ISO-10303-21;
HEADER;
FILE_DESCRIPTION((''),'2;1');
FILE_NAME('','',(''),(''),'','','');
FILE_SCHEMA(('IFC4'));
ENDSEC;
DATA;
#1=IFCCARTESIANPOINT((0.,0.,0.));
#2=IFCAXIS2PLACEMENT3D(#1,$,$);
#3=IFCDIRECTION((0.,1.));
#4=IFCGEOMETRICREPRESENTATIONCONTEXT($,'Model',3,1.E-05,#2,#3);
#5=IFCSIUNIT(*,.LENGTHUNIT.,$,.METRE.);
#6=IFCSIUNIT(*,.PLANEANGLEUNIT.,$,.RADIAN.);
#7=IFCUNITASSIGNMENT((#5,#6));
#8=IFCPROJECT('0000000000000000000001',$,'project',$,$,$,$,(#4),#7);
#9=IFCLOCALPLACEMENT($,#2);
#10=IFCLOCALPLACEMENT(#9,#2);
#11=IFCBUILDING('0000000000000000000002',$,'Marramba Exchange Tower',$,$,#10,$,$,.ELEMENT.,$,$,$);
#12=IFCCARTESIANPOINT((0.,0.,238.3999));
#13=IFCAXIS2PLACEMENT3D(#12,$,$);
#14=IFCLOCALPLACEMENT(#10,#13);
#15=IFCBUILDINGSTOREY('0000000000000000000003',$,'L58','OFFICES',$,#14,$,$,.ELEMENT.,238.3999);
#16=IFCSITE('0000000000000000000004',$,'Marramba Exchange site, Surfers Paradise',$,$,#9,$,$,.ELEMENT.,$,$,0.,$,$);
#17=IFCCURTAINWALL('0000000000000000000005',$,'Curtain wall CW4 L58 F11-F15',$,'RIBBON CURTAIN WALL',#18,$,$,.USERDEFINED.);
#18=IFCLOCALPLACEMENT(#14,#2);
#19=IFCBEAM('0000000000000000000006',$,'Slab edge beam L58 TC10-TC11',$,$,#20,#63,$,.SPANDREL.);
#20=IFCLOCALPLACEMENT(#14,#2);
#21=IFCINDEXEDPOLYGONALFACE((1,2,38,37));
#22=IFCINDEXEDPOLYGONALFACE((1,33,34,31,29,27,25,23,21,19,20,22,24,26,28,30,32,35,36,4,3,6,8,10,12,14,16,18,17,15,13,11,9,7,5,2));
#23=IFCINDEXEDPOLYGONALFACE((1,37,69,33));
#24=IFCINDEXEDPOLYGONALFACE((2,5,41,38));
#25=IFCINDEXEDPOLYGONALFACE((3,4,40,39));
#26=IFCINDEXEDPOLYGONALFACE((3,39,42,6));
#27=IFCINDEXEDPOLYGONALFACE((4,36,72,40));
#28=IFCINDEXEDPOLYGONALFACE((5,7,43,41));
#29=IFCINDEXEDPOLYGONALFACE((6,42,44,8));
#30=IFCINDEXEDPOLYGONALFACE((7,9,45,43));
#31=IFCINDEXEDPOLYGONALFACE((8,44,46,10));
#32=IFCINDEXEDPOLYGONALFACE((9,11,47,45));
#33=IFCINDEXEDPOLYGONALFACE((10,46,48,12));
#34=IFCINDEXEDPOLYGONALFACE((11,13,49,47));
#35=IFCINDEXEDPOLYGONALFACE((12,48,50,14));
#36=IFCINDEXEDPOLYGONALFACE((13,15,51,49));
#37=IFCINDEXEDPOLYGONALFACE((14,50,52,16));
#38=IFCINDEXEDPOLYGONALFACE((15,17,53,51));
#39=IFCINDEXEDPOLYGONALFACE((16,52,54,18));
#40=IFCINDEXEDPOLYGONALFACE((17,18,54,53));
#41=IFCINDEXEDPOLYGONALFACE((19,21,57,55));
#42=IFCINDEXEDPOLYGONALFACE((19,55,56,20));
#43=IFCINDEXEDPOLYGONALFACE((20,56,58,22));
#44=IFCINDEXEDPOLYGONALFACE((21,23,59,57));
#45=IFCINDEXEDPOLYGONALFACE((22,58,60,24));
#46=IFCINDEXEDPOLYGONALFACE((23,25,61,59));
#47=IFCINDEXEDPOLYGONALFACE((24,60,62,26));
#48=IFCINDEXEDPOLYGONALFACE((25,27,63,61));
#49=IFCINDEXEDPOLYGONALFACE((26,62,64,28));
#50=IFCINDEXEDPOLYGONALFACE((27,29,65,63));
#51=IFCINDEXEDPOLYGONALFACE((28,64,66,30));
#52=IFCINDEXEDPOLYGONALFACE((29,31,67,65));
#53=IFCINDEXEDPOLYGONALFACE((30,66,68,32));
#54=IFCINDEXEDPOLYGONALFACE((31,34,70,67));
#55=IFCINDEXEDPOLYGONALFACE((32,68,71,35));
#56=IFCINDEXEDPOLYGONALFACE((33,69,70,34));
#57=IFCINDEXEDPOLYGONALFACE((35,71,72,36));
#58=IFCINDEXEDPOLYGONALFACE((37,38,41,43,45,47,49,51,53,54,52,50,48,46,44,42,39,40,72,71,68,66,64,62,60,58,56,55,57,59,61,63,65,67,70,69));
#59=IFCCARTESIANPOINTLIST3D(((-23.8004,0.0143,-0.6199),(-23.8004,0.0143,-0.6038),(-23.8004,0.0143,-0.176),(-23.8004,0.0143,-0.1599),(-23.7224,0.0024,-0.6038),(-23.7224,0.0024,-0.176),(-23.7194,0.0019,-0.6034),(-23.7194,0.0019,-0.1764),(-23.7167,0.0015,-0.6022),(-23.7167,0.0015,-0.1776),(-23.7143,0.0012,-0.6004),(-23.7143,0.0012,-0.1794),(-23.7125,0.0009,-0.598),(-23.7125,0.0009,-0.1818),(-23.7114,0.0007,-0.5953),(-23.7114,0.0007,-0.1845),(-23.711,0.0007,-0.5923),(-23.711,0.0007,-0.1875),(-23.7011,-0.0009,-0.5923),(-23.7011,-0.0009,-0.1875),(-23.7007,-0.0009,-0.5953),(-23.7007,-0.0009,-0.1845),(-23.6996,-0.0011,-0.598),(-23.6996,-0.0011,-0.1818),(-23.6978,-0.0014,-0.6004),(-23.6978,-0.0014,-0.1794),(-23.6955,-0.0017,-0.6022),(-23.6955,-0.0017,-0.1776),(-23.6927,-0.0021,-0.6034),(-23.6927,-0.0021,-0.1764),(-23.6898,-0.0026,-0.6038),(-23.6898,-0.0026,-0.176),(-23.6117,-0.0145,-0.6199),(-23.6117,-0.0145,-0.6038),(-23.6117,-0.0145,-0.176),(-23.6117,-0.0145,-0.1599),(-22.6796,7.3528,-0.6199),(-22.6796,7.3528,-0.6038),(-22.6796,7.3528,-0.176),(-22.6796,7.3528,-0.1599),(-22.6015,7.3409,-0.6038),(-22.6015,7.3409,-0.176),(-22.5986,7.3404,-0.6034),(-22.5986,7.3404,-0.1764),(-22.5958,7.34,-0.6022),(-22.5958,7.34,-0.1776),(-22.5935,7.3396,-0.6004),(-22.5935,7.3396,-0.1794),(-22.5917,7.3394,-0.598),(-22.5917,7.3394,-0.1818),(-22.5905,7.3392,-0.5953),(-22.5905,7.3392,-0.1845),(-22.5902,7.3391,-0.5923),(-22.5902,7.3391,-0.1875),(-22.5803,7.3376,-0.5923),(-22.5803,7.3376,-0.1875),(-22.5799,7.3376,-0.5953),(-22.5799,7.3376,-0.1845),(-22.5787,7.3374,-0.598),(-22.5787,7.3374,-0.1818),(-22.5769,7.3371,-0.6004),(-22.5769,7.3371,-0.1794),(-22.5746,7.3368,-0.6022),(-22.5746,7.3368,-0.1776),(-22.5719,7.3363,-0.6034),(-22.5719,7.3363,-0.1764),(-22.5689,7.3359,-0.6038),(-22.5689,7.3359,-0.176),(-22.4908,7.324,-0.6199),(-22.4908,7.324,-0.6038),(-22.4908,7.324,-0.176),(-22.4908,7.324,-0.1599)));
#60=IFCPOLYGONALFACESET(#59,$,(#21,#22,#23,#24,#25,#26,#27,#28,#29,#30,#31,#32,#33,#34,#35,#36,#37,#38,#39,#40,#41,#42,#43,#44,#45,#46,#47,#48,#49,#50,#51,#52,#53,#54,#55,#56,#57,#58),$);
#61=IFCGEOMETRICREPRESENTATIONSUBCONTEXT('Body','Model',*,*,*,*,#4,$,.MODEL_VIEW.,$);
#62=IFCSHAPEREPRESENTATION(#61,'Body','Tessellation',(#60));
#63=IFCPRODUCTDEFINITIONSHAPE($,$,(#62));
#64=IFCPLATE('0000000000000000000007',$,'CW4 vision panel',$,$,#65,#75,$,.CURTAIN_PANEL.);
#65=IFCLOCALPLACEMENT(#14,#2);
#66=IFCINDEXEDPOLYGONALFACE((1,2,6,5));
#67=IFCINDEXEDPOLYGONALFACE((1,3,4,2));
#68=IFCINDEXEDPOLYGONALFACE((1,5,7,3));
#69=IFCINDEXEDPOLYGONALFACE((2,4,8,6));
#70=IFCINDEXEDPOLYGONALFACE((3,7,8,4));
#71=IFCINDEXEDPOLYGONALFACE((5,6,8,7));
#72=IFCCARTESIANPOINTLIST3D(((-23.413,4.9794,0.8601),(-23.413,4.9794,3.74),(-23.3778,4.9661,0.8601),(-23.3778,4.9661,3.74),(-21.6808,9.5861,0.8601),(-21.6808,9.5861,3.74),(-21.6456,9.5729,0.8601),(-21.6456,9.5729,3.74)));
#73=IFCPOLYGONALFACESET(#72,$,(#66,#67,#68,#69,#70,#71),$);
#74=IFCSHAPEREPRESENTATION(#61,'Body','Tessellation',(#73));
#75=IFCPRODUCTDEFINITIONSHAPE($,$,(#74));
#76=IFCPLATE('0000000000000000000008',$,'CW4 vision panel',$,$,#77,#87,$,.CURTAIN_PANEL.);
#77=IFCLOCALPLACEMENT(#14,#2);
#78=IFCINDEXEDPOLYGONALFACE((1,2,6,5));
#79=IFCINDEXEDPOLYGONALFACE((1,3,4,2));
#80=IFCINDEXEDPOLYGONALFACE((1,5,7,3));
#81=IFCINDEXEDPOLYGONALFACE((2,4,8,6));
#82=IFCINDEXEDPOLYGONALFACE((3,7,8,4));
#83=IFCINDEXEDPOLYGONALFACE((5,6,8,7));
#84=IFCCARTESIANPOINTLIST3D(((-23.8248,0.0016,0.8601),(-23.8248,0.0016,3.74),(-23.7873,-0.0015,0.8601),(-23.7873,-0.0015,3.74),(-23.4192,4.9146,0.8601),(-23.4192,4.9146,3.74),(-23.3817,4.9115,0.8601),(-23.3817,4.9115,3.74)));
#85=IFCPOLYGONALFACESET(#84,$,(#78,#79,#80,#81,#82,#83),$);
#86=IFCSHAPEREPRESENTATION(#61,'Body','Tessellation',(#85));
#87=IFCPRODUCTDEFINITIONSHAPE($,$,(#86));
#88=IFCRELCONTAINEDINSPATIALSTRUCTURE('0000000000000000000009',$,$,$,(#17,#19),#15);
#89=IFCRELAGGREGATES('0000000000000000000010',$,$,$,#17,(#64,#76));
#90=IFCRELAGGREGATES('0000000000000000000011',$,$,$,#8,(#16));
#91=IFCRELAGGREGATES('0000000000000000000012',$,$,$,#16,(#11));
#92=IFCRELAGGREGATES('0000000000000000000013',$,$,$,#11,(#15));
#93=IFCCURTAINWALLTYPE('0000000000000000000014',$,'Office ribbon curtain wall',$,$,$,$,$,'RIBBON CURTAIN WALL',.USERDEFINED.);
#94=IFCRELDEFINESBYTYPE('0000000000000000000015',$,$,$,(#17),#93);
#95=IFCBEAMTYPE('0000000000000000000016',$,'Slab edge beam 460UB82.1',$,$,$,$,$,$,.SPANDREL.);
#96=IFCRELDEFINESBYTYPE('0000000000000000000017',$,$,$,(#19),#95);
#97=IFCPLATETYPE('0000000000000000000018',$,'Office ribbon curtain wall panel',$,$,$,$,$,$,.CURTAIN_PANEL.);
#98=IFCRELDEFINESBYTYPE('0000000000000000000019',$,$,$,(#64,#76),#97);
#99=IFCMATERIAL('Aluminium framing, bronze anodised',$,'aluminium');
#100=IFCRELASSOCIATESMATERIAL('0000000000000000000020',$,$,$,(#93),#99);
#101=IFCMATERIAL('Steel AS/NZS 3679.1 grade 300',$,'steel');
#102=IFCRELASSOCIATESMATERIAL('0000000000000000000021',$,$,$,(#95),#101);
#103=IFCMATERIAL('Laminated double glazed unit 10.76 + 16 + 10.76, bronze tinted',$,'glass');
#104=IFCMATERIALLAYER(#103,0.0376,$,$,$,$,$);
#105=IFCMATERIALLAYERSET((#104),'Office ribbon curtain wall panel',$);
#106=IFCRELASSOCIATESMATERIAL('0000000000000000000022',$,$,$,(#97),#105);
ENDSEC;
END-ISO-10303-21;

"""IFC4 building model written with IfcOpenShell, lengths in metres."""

from ifc_helpers import new_model, si_unit, direction, frame, origin, origin_2d, place, context, subcontext, project, spatial, rectangle, i_section, extrude, material, layer, layer_set, material_profile, profile_set, type_object, element, aggregate, save


model = new_model("IFC4")

# Units and contexts
model_context = context("Model", 3, precision=1e-05, world=origin(), true_north=direction((0.0, 1.0)))
body_context = subcontext(model_context, "Body", "Model", "MODEL_VIEW")
ifc_project = project(units=[si_unit("LENGTHUNIT", "METRE"), si_unit("PLANEANGLEUNIT", "RADIAN")], contexts=[model_context])

# Site, building, storey
site_placement = place(None, origin())
site = spatial("IfcSite", under=ifc_project, at=site_placement, Name="Marramba Exchange site, Surfers Paradise", CompositionType="ELEMENT", RefElevation=0.0)
building_placement = place(site_placement, origin())
building = spatial("IfcBuilding", under=site, at=building_placement, Name="Marramba Exchange Tower", CompositionType="ELEMENT")
storey_placement = place(building_placement, frame((0.0, 0.0, 238.3999)))
storey = spatial("IfcBuildingStorey", under=building, at=storey_placement, Name="L58", Description="OFFICES", CompositionType="ELEMENT", Elevation=238.3999)

# Shared definitions
ifc_material_1 = material(Name="Steel AS/NZS 3679.1 grade 300", Category="steel")

# Curtain wall
ifc_material_2 = material(Name="Aluminium framing, bronze anodised", Category="aluminium")
curtain_wall_type = type_object("IfcCurtainWallType", Name="Office ribbon curtain wall", ElementType="RIBBON CURTAIN WALL", PredefinedType="USERDEFINED", material=ifc_material_2)
curtain_wall_placement = place(storey_placement, origin())
curtain_wall = element("IfcCurtainWall", 1, at=curtain_wall_placement, inside=storey, type_object=curtain_wall_type, Name="Curtain wall CW4 L58 F11-F15", ObjectType="RIBBON CURTAIN WALL", PredefinedType="USERDEFINED")

# Beam
ifc_material_profile_1 = material_profile(ifc_material_1, i_section(OverallWidth=0.1909, OverallDepth=0.46, WebThickness=0.01, FlangeThickness=0.0161, FilletRadius=0.0115, at=origin_2d()), Name="460UB82.1")
ifc_profile_set_1 = profile_set([ifc_material_profile_1], Name="Steel AS/NZS 3679.1 grade 300")
beam_type_1 = type_object("IfcBeamType", Name="Slab edge beam 460UB82.1", PredefinedType="SPANDREL", material=ifc_profile_set_1)
beam_1_placement = place(storey_placement, frame((-22.5852, 7.3384, -0.3899), z_axis=(-0.150987, -0.988536, 0.0), x_axis=(0.988536, -0.150987, 0.0)))
element("IfcBeam", 2, at=beam_1_placement, inside=storey, type_object=beam_type_1, Name="Slab edge beam L58 TC10-TC11", PredefinedType="SPANDREL", context=body_context, shape_type="SweptSolid", body=[
    extrude(i_section(OverallWidth=0.1909, OverallDepth=0.46, WebThickness=0.01, FlangeThickness=0.0161, FilletRadius=0.0115, at=origin_2d()), origin(), (0.0, 0.0, 1.0), 7.4236),
])

# Plates
ifc_material_3 = material(Name="Laminated double glazed unit 10.76 + 16 + 10.76, bronze tinted", Category="glass")
ifc_layer_1 = layer(ifc_material_3, 0.0376)
ifc_layer_set_1 = layer_set([ifc_layer_1], Name="Office ribbon curtain wall panel")
plate_type = type_object("IfcPlateType", Name="Office ribbon curtain wall panel", PredefinedType="CURTAIN_PANEL", material=ifc_layer_set_1)
plate_1_placement = place(storey_placement, frame((-22.5293, 7.2761, 0.8601), z_axis=(0.0, 0.0, 1.0), x_axis=(-0.351952, -0.936018, 0.0)))
plate_1 = element("IfcPlate", 3, at=plate_1_placement, type_object=plate_type, Name="CW4 vision panel", PredefinedType="CURTAIN_PANEL", context=body_context, shape_type="SweptSolid", body=[
    extrude(rectangle(XDim=4.9216, YDim=0.0376, at=origin_2d()), origin(), (0.0, 0.0, 1.0), 2.8799),
])
plate_2_placement = place(storey_placement, frame((-23.6033, 2.4565, 0.8601), z_axis=(0.0, 0.0, 1.0), x_axis=(-0.082281, -0.996609, 0.0)))
plate_2 = element("IfcPlate", 4, at=plate_2_placement, type_object=plate_type, Name="CW4 vision panel", PredefinedType="CURTAIN_PANEL", context=body_context, shape_type="SweptSolid", body=[
    extrude(rectangle(XDim=4.9297, YDim=0.0376, at=origin_2d()), origin(), (0.0, 0.0, 1.0), 2.8799),
])
aggregate(curtain_wall, [plate_1, plate_2])

save(model, "model.ifc")
